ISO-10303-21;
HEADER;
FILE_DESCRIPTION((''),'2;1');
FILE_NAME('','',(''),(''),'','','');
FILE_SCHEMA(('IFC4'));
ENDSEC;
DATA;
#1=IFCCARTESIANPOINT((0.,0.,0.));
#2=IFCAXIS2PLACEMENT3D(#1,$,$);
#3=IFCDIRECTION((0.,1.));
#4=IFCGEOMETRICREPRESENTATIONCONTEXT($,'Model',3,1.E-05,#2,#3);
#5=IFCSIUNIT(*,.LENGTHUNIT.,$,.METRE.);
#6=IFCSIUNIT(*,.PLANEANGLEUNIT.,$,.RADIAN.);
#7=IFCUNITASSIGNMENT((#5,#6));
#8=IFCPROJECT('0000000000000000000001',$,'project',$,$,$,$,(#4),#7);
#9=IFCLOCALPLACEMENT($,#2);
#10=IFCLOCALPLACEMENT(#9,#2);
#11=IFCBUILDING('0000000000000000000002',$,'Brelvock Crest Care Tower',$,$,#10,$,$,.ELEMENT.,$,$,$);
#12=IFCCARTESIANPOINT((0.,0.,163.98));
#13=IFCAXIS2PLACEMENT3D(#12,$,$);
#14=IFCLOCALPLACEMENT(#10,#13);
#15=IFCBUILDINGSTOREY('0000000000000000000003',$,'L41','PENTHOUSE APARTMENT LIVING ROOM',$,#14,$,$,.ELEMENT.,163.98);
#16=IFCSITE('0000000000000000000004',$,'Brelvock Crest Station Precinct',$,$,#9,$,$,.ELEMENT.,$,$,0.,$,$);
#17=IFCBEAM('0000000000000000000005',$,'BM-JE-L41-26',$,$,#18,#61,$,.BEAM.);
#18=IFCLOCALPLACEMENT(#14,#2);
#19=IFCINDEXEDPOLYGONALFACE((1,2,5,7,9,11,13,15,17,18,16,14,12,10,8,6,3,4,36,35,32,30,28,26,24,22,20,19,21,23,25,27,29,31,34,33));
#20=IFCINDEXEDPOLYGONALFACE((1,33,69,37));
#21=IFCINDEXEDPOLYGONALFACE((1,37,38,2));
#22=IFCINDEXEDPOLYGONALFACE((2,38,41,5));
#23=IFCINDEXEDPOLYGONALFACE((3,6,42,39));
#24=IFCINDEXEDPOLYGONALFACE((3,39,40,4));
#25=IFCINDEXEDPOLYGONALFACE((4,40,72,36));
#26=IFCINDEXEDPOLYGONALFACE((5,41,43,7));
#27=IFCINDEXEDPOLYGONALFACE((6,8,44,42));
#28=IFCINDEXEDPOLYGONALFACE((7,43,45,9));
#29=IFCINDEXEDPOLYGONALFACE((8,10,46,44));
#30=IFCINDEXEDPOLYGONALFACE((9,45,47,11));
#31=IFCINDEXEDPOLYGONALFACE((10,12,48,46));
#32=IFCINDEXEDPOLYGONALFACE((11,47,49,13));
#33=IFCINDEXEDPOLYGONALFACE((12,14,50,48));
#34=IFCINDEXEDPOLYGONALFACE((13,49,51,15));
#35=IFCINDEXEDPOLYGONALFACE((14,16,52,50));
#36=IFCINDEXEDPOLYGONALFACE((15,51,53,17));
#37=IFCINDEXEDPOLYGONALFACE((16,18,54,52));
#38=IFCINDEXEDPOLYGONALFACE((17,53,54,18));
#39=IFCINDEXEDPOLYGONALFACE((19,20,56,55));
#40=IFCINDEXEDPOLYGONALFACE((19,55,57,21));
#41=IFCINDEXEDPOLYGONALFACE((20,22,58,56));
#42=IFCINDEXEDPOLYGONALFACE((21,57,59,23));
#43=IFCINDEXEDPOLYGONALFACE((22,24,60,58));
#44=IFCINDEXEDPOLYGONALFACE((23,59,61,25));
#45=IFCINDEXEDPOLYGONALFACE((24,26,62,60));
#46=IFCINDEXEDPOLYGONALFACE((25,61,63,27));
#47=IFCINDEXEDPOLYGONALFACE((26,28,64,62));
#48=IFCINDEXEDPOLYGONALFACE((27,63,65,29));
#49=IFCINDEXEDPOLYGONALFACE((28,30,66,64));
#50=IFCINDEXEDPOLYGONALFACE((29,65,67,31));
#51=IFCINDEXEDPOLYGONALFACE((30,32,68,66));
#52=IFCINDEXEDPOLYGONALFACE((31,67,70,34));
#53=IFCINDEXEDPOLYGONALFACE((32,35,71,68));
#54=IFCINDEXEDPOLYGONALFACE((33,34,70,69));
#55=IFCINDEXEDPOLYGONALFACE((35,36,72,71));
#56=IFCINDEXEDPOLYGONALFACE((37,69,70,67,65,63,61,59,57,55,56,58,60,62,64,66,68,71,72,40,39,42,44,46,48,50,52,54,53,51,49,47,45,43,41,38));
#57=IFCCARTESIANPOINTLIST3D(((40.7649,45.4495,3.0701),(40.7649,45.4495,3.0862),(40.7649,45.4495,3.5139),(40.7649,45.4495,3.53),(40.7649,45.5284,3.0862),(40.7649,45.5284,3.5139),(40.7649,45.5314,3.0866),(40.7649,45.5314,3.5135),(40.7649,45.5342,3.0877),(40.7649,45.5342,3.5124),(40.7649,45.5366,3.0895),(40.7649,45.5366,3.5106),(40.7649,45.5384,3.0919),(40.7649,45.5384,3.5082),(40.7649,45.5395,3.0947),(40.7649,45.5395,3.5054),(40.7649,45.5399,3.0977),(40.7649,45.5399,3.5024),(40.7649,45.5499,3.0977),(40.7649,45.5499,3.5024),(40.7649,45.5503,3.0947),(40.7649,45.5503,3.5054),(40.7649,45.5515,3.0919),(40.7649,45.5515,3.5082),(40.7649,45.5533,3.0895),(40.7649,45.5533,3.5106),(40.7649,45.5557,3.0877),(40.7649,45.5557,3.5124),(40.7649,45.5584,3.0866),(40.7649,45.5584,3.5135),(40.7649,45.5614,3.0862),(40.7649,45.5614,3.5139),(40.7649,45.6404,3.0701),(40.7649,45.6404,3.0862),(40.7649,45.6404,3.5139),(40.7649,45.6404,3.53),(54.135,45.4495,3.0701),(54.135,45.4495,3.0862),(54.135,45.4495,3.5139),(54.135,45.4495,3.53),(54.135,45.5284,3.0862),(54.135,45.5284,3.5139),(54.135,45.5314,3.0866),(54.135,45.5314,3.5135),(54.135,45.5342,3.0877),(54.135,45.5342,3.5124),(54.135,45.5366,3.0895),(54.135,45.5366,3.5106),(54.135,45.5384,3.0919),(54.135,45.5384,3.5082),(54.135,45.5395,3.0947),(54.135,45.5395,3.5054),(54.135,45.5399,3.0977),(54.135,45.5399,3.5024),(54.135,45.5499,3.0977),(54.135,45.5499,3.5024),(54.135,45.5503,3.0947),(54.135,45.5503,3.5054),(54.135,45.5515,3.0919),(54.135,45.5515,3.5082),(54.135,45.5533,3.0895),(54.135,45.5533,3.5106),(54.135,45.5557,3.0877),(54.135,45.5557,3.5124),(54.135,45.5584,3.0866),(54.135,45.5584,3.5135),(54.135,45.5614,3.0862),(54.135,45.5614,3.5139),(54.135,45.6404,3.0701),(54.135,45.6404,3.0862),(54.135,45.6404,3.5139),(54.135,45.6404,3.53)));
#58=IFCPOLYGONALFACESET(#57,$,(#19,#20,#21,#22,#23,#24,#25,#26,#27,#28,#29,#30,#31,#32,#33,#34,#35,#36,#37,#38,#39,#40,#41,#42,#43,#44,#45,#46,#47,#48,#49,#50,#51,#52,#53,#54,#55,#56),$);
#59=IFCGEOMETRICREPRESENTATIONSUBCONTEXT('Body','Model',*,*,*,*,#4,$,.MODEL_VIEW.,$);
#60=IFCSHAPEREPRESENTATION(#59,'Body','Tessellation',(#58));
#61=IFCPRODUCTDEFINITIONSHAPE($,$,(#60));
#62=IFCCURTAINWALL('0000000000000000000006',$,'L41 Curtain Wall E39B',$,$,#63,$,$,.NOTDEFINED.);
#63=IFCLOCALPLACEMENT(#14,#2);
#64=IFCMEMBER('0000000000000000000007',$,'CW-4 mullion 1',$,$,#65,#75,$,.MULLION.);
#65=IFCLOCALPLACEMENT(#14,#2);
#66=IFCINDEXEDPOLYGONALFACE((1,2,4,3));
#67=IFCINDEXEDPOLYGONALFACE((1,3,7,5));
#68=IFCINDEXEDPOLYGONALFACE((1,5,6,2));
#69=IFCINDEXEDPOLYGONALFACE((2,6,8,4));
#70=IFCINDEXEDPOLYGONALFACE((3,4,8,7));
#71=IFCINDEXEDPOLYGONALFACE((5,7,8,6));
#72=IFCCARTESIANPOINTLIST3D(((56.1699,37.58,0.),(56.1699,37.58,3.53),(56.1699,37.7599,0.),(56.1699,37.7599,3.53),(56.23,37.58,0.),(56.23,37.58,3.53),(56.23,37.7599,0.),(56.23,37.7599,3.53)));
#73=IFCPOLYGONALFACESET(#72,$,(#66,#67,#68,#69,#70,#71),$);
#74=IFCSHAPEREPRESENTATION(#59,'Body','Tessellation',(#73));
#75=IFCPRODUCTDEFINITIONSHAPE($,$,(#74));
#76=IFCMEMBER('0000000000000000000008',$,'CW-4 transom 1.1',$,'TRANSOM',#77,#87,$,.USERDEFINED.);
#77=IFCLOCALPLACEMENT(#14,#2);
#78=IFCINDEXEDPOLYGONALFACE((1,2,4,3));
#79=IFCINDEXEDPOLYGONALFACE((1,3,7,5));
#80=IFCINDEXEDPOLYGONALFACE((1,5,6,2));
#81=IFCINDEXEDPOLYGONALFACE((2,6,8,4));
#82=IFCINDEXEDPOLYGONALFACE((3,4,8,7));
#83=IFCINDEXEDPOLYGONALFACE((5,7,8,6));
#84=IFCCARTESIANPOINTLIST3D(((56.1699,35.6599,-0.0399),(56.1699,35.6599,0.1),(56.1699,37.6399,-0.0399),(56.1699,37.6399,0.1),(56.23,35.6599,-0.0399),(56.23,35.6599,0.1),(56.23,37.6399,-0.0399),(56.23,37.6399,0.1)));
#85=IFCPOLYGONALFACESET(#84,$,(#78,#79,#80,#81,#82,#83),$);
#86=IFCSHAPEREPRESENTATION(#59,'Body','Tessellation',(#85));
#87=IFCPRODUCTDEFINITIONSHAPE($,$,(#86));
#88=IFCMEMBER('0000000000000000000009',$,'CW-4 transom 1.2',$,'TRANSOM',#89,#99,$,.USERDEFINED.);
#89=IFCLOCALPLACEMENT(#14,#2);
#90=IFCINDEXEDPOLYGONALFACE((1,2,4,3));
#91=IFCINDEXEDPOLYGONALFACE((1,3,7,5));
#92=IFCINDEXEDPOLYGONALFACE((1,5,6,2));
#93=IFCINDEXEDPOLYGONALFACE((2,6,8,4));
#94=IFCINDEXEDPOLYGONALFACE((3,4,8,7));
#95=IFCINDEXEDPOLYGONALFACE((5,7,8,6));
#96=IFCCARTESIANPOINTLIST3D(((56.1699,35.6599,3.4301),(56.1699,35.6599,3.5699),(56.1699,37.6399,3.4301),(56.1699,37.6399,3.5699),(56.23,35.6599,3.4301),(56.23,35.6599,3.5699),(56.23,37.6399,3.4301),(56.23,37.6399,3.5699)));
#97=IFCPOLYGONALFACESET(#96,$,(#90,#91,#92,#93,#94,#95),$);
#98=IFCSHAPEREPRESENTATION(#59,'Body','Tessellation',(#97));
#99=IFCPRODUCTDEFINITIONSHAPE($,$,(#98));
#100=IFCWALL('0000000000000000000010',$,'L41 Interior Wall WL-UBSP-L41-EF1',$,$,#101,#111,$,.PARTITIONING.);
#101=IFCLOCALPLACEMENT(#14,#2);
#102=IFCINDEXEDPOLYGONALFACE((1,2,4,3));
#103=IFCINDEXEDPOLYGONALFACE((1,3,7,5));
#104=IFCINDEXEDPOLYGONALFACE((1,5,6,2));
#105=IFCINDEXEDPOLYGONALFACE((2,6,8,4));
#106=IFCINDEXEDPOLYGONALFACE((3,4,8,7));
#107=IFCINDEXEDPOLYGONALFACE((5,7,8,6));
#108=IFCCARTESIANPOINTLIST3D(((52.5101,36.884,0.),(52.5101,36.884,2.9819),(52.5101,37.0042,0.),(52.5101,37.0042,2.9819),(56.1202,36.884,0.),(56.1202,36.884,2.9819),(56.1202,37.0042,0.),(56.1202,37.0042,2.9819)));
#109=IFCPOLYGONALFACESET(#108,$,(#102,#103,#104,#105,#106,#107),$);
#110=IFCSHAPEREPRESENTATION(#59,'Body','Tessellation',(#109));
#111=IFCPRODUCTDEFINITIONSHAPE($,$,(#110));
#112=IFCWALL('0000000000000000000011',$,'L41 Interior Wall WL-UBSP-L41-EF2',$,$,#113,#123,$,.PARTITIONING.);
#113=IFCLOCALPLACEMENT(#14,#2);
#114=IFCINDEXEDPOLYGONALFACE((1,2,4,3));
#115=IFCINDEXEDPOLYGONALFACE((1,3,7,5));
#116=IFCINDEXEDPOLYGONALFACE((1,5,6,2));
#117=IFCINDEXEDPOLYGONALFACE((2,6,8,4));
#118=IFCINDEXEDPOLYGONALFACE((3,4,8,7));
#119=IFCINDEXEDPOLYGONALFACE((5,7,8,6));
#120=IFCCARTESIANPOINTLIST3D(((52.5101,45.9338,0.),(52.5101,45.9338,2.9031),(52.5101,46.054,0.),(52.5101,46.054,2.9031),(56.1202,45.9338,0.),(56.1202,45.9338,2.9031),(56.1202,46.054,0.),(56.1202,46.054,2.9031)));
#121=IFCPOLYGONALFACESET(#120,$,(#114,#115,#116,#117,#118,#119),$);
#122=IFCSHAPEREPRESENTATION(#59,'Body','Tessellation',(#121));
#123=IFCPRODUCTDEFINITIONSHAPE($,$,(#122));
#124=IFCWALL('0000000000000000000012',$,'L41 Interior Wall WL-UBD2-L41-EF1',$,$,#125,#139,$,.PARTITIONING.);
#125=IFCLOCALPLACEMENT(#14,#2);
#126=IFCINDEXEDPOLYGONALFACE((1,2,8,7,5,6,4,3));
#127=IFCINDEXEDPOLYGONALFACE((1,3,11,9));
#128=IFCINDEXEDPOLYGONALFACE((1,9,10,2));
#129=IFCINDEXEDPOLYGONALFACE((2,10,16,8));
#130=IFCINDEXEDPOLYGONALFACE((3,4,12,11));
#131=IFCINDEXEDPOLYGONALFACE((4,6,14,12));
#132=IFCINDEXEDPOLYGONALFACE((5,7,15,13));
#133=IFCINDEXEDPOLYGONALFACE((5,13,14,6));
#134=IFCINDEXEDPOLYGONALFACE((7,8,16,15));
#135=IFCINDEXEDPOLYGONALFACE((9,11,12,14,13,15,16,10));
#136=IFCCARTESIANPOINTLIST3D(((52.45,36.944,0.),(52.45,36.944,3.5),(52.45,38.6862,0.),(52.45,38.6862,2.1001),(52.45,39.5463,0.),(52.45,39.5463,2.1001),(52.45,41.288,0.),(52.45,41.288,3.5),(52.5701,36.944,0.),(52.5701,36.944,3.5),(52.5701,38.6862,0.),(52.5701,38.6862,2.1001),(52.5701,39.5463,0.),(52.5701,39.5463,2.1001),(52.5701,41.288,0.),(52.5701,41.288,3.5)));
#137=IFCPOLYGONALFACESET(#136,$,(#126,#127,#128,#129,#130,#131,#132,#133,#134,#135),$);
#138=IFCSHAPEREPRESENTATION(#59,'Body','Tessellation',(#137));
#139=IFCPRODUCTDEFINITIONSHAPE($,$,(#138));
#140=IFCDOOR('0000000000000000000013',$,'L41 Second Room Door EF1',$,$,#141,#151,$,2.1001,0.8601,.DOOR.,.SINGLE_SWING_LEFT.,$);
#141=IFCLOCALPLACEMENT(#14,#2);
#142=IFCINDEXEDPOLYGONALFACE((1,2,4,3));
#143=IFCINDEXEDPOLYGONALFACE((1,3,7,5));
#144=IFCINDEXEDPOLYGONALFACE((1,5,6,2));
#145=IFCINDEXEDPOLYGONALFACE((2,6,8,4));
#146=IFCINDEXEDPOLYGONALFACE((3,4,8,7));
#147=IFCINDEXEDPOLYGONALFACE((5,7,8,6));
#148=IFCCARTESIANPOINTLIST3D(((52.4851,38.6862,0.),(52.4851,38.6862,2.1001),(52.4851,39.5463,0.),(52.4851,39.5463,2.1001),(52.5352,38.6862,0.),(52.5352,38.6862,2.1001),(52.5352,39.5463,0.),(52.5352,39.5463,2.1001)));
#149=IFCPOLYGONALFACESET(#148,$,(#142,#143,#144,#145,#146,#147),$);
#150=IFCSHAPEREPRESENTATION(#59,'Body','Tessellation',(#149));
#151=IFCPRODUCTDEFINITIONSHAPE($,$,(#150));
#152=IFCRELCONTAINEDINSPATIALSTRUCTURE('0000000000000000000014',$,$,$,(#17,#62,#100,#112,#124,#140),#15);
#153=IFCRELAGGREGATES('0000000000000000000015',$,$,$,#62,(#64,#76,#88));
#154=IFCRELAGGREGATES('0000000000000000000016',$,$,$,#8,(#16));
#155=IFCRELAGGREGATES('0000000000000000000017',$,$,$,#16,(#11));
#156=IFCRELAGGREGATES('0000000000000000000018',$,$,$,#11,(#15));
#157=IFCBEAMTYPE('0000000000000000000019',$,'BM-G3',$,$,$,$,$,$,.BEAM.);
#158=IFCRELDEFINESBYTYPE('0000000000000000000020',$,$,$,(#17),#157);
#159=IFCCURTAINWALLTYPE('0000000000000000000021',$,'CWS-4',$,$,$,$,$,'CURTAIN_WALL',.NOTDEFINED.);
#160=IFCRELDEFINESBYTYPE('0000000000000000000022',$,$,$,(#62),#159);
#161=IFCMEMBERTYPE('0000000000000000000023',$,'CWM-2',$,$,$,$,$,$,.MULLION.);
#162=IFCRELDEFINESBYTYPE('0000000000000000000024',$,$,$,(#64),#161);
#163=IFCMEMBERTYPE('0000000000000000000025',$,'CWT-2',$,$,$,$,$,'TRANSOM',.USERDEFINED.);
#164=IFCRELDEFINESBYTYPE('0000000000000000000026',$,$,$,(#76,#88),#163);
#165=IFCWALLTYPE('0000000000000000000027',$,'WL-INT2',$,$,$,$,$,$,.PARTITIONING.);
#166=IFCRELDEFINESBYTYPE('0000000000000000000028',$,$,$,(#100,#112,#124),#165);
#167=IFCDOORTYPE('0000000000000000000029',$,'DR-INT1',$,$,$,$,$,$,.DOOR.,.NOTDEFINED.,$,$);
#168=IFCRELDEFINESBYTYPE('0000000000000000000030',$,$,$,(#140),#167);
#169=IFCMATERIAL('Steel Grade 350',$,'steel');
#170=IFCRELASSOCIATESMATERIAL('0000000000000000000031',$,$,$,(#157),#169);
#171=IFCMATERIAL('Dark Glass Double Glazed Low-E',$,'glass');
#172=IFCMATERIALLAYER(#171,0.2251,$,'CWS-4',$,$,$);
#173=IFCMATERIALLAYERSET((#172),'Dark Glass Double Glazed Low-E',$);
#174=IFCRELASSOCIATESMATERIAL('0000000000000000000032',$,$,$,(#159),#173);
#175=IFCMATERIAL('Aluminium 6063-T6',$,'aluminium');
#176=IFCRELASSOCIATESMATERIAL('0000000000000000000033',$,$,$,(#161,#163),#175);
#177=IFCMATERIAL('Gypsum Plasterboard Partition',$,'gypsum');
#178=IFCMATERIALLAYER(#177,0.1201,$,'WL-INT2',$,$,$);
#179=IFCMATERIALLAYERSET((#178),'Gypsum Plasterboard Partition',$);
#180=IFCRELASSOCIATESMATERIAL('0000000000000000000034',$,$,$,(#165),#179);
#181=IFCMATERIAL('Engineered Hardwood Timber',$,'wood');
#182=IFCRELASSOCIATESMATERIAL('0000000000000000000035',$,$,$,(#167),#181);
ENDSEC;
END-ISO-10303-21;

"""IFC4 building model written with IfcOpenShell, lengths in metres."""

from ifc_helpers import new_model, si_unit, direction, frame, frame_2d, origin, origin_2d, place, context, subcontext, project, spatial, rectangle, i_section, extrude, source, transform, mapped, material, layer, layer_set, material_profile, profile_set, type_object, element, fill, aggregate, save


model = new_model("IFC4")

# Units and contexts
model_context = context("Model", 3, precision=1e-05, world=origin(), true_north=direction((0.0, 1.0)))
body_context = subcontext(model_context, "Body", "Model", "MODEL_VIEW")
ifc_project = project(units=[si_unit("LENGTHUNIT", "METRE"), si_unit("PLANEANGLEUNIT", "RADIAN")], contexts=[model_context])

# Site, building, storey
site_placement = place(None, origin())
site = spatial("IfcSite", under=ifc_project, at=site_placement, Name="Brelvock Crest Station Precinct", CompositionType="ELEMENT", RefElevation=0.0)
building_placement = place(site_placement, origin())
building = spatial("IfcBuilding", under=site, at=building_placement, Name="Brelvock Crest Care Tower", CompositionType="ELEMENT")
storey_placement = place(building_placement, frame((0.0, 0.0, 163.98)))
storey = spatial("IfcBuildingStorey", under=building, at=storey_placement, Name="L41", Description="PENTHOUSE APARTMENT LIVING ROOM", CompositionType="ELEMENT", Elevation=163.98)

# Shared definitions
ifc_material_1 = material(Name="Steel Grade 350", Category="steel")

# Beam
ifc_material_profile_1 = material_profile(ifc_material_1, i_section(OverallWidth=0.1909, OverallDepth=0.46, WebThickness=0.01, FlangeThickness=0.0161, FilletRadius=0.0115, at=origin_2d()), Name="460UB82.1")
ifc_profile_set_1 = profile_set([ifc_material_profile_1], Name="Steel Grade 350")
beam_type_1 = type_object("IfcBeamType", Name="BM-G3", PredefinedType="BEAM", material=ifc_profile_set_1)
shared_shape_1 = source(origin(), body_context, "Body", "SweptSolid", [
    extrude(i_section(OverallWidth=0.1909, OverallDepth=0.46, WebThickness=0.01, FlangeThickness=0.0161, FilletRadius=0.0115, at=origin_2d()), origin(), (0.0, 0.0, 1.0), 13.3701),
])
for number, where, z_axis, x_axis, name in (
    (1, (40.7649, 45.5449, 3.3), (1.0, 0.0, 0.0), (0.0, 1.0, 0.0), "BM-JE-L41-26"),
):
    element("IfcBeam", number, at=place(storey_placement, frame(where, z_axis=z_axis, x_axis=x_axis)), inside=storey, type_object=beam_type_1, Name=name, PredefinedType="BEAM", context=body_context, shape_type="MappedRepresentation", body=[
        mapped(shared_shape_1, transform((0.0, 0.0, 0.0), x_axis=(1.0, 0.0, 0.0), y_axis=(0.0, 1.0, 0.0), z_axis=(0.0, 0.0, 1.0), scale=1.0)),
    ])

# Curtain wall, members
ifc_material_2 = material(Name="Dark Glass Double Glazed Low-E", Category="glass")
ifc_layer_1 = layer(ifc_material_2, 0.2251, Name="CWS-4")
ifc_layer_set_1 = layer_set([ifc_layer_1], Name="Dark Glass Double Glazed Low-E")
curtain_wall_type = type_object("IfcCurtainWallType", Name="CWS-4", ElementType="CURTAIN_WALL", PredefinedType="NOTDEFINED", material=ifc_layer_set_1)
curtain_wall_placement = place(storey_placement, origin())
curtain_wall = element("IfcCurtainWall", 2, at=curtain_wall_placement, inside=storey, type_object=curtain_wall_type, Name="L41 Curtain Wall E39B", PredefinedType="NOTDEFINED")
ifc_material_3 = material(Name="Aluminium 6063-T6", Category="aluminium")
ifc_material_profile_2 = material_profile(ifc_material_3, rectangle(XDim=0.0601, YDim=0.1799, at=origin_2d()), Name="ALU60x180")
ifc_profile_set_2 = profile_set([ifc_material_profile_2], Name="Aluminium 6063-T6")
member_type_1 = type_object("IfcMemberType", Name="CWM-2", PredefinedType="MULLION", material=ifc_profile_set_2)
shared_shape_2 = source(origin(), body_context, "Body", "SweptSolid", [
    extrude(rectangle(XDim=0.0601, YDim=0.1799, at=origin_2d()), origin(), (0.0, 0.0, 1.0), 3.53),
])
member_1_placement = place(storey_placement, frame((56.2, 37.6699, 0.0), z_axis=(0.0, 0.0, 1.0), x_axis=(1.0, 0.0, 0.0)))
member_1 = element("IfcMember", 3, at=member_1_placement, type_object=member_type_1, Name="CW-4 mullion 1", PredefinedType="MULLION", context=body_context, shape_type="MappedRepresentation", body=[
    mapped(shared_shape_2, transform((0.0, 0.0, 0.0), x_axis=(1.0, 0.0, 0.0), y_axis=(0.0, 1.0, 0.0), z_axis=(0.0, 0.0, 1.0), scale=1.0)),
])
ifc_material_profile_3 = material_profile(ifc_material_3, rectangle(XDim=0.0601, YDim=0.1399, at=origin_2d()), Name="ALU60x140")
ifc_profile_set_3 = profile_set([ifc_material_profile_3], Name="Aluminium 6063-T6")
member_type_2 = type_object("IfcMemberType", Name="CWT-2", ElementType="TRANSOM", PredefinedType="USERDEFINED", material=ifc_profile_set_3)
shared_shape_3 = source(origin(), body_context, "Body", "SweptSolid", [
    extrude(rectangle(XDim=0.0601, YDim=0.1399, at=origin_2d()), origin(), (0.0, 0.0, 1.0), 1.98),
])
member_2_placement = place(storey_placement, frame((56.2, 37.6399, 0.03), z_axis=(0.0, -1.0, 0.0), x_axis=(1.0, 0.0, 0.0)))
member_2 = element("IfcMember", 4, at=member_2_placement, type_object=member_type_2, Name="CW-4 transom 1.1", ObjectType="TRANSOM", PredefinedType="USERDEFINED", context=body_context, shape_type="MappedRepresentation", body=[
    mapped(shared_shape_3, transform((0.0, 0.0, 0.0), x_axis=(1.0, 0.0, 0.0), y_axis=(0.0, 1.0, 0.0), z_axis=(0.0, 0.0, 1.0), scale=1.0)),
])
member_3_placement = place(storey_placement, frame((56.2, 37.6399, 3.5), z_axis=(0.0, -1.0, 0.0), x_axis=(1.0, 0.0, 0.0)))
member_3 = element("IfcMember", 5, at=member_3_placement, type_object=member_type_2, Name="CW-4 transom 1.2", ObjectType="TRANSOM", PredefinedType="USERDEFINED", context=body_context, shape_type="MappedRepresentation", body=[
    mapped(shared_shape_3, transform((0.0, 0.0, 0.0), x_axis=(1.0, 0.0, 0.0), y_axis=(0.0, 1.0, 0.0), z_axis=(0.0, 0.0, 1.0), scale=1.0)),
])
aggregate(curtain_wall, [member_1, member_2, member_3])

# Walls
ifc_material_4 = material(Name="Gypsum Plasterboard Partition", Category="gypsum")
ifc_layer_2 = layer(ifc_material_4, 0.1201, Name="WL-INT2")
ifc_layer_set_2 = layer_set([ifc_layer_2], Name="Gypsum Plasterboard Partition")
wall_type_1 = type_object("IfcWallType", Name="WL-INT2", PredefinedType="PARTITIONING", material=ifc_layer_set_2)
wall_1_placement = place(storey_placement, frame((52.51, 36.9441, 0.0), z_axis=(0.0, 0.0, 1.0), x_axis=(1.0, 0.0, 0.0)))
element("IfcWall", 6, at=wall_1_placement, inside=storey, type_object=wall_type_1, Name="L41 Interior Wall WL-UBSP-L41-EF1", PredefinedType="PARTITIONING", context=body_context, shape_type="SweptSolid", body=[
    extrude(rectangle(XDim=3.6101, YDim=0.1201, at=frame_2d((1.8052, 0.0))), origin(), (0.0, 0.0, 1.0), 2.9819),
])
wall_2_placement = place(storey_placement, frame((52.51, 45.9939, 0.0), z_axis=(0.0, 0.0, 1.0), x_axis=(1.0, 0.0, 0.0)))
element("IfcWall", 7, at=wall_2_placement, inside=storey, type_object=wall_type_1, Name="L41 Interior Wall WL-UBSP-L41-EF2", PredefinedType="PARTITIONING", context=body_context, shape_type="SweptSolid", body=[
    extrude(rectangle(XDim=3.6101, YDim=0.1201, at=frame_2d((1.8052, 0.0))), origin(), (0.0, 0.0, 1.0), 2.9031),
])

# Wall, opening, door
wall_3_placement = place(storey_placement, frame((52.51, 36.9441, 0.0), z_axis=(0.0, 0.0, 1.0), x_axis=(0.0, 1.0, 0.0)))
wall_3 = element("IfcWall", 8, at=wall_3_placement, inside=storey, type_object=wall_type_1, Name="L41 Interior Wall WL-UBD2-L41-EF1", PredefinedType="PARTITIONING", context=body_context, shape_type="SweptSolid", body=[
    extrude(rectangle(XDim=4.344, YDim=0.1201, at=frame_2d((2.1719, 0.0))), origin(), (0.0, 0.0, 1.0), 3.5),
])
opening_1_placement = place(wall_3_placement, frame((1.7419, 0.0, 0.0)))
opening_1 = element("IfcOpeningElement", 9, at=opening_1_placement, cuts=wall_3, PredefinedType="OPENING", context=body_context, shape_type="SweptSolid", body=[
    extrude(rectangle(XDim=0.8601, YDim=2.1001, at=origin_2d()), frame((0.4302, 0.0701, 1.05), z_axis=(0.0, -1.0, 0.0), x_axis=(1.0, 0.0, 0.0)), (0.0, 0.0, 1.0), 0.1401),
])
ifc_material_5 = material(Name="Engineered Hardwood Timber", Category="wood")
door_type_1 = type_object("IfcDoorType", Name="DR-INT1", OperationType="NOTDEFINED", PredefinedType="DOOR", material=ifc_material_5)
shared_shape_4 = source(origin(), body_context, "Body", "SweptSolid", [
    extrude(rectangle(XDim=0.8601, YDim=2.1001, at=origin_2d()), frame((0.4302, 0.0249, 1.05), z_axis=(0.0, -1.0, 0.0), x_axis=(1.0, 0.0, 0.0)), (0.0, 0.0, 1.0), 0.05),
])
door_1_placement = place(opening_1_placement, origin())
door_1 = element("IfcDoor", 10, at=door_1_placement, inside=storey, type_object=door_type_1, Name="L41 Second Room Door EF1", OperationType="SINGLE_SWING_LEFT", OverallHeight=2.1001, OverallWidth=0.8601, PredefinedType="DOOR", context=body_context, shape_type="MappedRepresentation", body=[
    mapped(shared_shape_4, transform((0.0, 0.0, 0.0), x_axis=(1.0, 0.0, 0.0), y_axis=(0.0, 1.0, 0.0), z_axis=(0.0, 0.0, 1.0), scale=1.0)),
])
fill(opening_1, door_1)

save(model, "model.ifc")
